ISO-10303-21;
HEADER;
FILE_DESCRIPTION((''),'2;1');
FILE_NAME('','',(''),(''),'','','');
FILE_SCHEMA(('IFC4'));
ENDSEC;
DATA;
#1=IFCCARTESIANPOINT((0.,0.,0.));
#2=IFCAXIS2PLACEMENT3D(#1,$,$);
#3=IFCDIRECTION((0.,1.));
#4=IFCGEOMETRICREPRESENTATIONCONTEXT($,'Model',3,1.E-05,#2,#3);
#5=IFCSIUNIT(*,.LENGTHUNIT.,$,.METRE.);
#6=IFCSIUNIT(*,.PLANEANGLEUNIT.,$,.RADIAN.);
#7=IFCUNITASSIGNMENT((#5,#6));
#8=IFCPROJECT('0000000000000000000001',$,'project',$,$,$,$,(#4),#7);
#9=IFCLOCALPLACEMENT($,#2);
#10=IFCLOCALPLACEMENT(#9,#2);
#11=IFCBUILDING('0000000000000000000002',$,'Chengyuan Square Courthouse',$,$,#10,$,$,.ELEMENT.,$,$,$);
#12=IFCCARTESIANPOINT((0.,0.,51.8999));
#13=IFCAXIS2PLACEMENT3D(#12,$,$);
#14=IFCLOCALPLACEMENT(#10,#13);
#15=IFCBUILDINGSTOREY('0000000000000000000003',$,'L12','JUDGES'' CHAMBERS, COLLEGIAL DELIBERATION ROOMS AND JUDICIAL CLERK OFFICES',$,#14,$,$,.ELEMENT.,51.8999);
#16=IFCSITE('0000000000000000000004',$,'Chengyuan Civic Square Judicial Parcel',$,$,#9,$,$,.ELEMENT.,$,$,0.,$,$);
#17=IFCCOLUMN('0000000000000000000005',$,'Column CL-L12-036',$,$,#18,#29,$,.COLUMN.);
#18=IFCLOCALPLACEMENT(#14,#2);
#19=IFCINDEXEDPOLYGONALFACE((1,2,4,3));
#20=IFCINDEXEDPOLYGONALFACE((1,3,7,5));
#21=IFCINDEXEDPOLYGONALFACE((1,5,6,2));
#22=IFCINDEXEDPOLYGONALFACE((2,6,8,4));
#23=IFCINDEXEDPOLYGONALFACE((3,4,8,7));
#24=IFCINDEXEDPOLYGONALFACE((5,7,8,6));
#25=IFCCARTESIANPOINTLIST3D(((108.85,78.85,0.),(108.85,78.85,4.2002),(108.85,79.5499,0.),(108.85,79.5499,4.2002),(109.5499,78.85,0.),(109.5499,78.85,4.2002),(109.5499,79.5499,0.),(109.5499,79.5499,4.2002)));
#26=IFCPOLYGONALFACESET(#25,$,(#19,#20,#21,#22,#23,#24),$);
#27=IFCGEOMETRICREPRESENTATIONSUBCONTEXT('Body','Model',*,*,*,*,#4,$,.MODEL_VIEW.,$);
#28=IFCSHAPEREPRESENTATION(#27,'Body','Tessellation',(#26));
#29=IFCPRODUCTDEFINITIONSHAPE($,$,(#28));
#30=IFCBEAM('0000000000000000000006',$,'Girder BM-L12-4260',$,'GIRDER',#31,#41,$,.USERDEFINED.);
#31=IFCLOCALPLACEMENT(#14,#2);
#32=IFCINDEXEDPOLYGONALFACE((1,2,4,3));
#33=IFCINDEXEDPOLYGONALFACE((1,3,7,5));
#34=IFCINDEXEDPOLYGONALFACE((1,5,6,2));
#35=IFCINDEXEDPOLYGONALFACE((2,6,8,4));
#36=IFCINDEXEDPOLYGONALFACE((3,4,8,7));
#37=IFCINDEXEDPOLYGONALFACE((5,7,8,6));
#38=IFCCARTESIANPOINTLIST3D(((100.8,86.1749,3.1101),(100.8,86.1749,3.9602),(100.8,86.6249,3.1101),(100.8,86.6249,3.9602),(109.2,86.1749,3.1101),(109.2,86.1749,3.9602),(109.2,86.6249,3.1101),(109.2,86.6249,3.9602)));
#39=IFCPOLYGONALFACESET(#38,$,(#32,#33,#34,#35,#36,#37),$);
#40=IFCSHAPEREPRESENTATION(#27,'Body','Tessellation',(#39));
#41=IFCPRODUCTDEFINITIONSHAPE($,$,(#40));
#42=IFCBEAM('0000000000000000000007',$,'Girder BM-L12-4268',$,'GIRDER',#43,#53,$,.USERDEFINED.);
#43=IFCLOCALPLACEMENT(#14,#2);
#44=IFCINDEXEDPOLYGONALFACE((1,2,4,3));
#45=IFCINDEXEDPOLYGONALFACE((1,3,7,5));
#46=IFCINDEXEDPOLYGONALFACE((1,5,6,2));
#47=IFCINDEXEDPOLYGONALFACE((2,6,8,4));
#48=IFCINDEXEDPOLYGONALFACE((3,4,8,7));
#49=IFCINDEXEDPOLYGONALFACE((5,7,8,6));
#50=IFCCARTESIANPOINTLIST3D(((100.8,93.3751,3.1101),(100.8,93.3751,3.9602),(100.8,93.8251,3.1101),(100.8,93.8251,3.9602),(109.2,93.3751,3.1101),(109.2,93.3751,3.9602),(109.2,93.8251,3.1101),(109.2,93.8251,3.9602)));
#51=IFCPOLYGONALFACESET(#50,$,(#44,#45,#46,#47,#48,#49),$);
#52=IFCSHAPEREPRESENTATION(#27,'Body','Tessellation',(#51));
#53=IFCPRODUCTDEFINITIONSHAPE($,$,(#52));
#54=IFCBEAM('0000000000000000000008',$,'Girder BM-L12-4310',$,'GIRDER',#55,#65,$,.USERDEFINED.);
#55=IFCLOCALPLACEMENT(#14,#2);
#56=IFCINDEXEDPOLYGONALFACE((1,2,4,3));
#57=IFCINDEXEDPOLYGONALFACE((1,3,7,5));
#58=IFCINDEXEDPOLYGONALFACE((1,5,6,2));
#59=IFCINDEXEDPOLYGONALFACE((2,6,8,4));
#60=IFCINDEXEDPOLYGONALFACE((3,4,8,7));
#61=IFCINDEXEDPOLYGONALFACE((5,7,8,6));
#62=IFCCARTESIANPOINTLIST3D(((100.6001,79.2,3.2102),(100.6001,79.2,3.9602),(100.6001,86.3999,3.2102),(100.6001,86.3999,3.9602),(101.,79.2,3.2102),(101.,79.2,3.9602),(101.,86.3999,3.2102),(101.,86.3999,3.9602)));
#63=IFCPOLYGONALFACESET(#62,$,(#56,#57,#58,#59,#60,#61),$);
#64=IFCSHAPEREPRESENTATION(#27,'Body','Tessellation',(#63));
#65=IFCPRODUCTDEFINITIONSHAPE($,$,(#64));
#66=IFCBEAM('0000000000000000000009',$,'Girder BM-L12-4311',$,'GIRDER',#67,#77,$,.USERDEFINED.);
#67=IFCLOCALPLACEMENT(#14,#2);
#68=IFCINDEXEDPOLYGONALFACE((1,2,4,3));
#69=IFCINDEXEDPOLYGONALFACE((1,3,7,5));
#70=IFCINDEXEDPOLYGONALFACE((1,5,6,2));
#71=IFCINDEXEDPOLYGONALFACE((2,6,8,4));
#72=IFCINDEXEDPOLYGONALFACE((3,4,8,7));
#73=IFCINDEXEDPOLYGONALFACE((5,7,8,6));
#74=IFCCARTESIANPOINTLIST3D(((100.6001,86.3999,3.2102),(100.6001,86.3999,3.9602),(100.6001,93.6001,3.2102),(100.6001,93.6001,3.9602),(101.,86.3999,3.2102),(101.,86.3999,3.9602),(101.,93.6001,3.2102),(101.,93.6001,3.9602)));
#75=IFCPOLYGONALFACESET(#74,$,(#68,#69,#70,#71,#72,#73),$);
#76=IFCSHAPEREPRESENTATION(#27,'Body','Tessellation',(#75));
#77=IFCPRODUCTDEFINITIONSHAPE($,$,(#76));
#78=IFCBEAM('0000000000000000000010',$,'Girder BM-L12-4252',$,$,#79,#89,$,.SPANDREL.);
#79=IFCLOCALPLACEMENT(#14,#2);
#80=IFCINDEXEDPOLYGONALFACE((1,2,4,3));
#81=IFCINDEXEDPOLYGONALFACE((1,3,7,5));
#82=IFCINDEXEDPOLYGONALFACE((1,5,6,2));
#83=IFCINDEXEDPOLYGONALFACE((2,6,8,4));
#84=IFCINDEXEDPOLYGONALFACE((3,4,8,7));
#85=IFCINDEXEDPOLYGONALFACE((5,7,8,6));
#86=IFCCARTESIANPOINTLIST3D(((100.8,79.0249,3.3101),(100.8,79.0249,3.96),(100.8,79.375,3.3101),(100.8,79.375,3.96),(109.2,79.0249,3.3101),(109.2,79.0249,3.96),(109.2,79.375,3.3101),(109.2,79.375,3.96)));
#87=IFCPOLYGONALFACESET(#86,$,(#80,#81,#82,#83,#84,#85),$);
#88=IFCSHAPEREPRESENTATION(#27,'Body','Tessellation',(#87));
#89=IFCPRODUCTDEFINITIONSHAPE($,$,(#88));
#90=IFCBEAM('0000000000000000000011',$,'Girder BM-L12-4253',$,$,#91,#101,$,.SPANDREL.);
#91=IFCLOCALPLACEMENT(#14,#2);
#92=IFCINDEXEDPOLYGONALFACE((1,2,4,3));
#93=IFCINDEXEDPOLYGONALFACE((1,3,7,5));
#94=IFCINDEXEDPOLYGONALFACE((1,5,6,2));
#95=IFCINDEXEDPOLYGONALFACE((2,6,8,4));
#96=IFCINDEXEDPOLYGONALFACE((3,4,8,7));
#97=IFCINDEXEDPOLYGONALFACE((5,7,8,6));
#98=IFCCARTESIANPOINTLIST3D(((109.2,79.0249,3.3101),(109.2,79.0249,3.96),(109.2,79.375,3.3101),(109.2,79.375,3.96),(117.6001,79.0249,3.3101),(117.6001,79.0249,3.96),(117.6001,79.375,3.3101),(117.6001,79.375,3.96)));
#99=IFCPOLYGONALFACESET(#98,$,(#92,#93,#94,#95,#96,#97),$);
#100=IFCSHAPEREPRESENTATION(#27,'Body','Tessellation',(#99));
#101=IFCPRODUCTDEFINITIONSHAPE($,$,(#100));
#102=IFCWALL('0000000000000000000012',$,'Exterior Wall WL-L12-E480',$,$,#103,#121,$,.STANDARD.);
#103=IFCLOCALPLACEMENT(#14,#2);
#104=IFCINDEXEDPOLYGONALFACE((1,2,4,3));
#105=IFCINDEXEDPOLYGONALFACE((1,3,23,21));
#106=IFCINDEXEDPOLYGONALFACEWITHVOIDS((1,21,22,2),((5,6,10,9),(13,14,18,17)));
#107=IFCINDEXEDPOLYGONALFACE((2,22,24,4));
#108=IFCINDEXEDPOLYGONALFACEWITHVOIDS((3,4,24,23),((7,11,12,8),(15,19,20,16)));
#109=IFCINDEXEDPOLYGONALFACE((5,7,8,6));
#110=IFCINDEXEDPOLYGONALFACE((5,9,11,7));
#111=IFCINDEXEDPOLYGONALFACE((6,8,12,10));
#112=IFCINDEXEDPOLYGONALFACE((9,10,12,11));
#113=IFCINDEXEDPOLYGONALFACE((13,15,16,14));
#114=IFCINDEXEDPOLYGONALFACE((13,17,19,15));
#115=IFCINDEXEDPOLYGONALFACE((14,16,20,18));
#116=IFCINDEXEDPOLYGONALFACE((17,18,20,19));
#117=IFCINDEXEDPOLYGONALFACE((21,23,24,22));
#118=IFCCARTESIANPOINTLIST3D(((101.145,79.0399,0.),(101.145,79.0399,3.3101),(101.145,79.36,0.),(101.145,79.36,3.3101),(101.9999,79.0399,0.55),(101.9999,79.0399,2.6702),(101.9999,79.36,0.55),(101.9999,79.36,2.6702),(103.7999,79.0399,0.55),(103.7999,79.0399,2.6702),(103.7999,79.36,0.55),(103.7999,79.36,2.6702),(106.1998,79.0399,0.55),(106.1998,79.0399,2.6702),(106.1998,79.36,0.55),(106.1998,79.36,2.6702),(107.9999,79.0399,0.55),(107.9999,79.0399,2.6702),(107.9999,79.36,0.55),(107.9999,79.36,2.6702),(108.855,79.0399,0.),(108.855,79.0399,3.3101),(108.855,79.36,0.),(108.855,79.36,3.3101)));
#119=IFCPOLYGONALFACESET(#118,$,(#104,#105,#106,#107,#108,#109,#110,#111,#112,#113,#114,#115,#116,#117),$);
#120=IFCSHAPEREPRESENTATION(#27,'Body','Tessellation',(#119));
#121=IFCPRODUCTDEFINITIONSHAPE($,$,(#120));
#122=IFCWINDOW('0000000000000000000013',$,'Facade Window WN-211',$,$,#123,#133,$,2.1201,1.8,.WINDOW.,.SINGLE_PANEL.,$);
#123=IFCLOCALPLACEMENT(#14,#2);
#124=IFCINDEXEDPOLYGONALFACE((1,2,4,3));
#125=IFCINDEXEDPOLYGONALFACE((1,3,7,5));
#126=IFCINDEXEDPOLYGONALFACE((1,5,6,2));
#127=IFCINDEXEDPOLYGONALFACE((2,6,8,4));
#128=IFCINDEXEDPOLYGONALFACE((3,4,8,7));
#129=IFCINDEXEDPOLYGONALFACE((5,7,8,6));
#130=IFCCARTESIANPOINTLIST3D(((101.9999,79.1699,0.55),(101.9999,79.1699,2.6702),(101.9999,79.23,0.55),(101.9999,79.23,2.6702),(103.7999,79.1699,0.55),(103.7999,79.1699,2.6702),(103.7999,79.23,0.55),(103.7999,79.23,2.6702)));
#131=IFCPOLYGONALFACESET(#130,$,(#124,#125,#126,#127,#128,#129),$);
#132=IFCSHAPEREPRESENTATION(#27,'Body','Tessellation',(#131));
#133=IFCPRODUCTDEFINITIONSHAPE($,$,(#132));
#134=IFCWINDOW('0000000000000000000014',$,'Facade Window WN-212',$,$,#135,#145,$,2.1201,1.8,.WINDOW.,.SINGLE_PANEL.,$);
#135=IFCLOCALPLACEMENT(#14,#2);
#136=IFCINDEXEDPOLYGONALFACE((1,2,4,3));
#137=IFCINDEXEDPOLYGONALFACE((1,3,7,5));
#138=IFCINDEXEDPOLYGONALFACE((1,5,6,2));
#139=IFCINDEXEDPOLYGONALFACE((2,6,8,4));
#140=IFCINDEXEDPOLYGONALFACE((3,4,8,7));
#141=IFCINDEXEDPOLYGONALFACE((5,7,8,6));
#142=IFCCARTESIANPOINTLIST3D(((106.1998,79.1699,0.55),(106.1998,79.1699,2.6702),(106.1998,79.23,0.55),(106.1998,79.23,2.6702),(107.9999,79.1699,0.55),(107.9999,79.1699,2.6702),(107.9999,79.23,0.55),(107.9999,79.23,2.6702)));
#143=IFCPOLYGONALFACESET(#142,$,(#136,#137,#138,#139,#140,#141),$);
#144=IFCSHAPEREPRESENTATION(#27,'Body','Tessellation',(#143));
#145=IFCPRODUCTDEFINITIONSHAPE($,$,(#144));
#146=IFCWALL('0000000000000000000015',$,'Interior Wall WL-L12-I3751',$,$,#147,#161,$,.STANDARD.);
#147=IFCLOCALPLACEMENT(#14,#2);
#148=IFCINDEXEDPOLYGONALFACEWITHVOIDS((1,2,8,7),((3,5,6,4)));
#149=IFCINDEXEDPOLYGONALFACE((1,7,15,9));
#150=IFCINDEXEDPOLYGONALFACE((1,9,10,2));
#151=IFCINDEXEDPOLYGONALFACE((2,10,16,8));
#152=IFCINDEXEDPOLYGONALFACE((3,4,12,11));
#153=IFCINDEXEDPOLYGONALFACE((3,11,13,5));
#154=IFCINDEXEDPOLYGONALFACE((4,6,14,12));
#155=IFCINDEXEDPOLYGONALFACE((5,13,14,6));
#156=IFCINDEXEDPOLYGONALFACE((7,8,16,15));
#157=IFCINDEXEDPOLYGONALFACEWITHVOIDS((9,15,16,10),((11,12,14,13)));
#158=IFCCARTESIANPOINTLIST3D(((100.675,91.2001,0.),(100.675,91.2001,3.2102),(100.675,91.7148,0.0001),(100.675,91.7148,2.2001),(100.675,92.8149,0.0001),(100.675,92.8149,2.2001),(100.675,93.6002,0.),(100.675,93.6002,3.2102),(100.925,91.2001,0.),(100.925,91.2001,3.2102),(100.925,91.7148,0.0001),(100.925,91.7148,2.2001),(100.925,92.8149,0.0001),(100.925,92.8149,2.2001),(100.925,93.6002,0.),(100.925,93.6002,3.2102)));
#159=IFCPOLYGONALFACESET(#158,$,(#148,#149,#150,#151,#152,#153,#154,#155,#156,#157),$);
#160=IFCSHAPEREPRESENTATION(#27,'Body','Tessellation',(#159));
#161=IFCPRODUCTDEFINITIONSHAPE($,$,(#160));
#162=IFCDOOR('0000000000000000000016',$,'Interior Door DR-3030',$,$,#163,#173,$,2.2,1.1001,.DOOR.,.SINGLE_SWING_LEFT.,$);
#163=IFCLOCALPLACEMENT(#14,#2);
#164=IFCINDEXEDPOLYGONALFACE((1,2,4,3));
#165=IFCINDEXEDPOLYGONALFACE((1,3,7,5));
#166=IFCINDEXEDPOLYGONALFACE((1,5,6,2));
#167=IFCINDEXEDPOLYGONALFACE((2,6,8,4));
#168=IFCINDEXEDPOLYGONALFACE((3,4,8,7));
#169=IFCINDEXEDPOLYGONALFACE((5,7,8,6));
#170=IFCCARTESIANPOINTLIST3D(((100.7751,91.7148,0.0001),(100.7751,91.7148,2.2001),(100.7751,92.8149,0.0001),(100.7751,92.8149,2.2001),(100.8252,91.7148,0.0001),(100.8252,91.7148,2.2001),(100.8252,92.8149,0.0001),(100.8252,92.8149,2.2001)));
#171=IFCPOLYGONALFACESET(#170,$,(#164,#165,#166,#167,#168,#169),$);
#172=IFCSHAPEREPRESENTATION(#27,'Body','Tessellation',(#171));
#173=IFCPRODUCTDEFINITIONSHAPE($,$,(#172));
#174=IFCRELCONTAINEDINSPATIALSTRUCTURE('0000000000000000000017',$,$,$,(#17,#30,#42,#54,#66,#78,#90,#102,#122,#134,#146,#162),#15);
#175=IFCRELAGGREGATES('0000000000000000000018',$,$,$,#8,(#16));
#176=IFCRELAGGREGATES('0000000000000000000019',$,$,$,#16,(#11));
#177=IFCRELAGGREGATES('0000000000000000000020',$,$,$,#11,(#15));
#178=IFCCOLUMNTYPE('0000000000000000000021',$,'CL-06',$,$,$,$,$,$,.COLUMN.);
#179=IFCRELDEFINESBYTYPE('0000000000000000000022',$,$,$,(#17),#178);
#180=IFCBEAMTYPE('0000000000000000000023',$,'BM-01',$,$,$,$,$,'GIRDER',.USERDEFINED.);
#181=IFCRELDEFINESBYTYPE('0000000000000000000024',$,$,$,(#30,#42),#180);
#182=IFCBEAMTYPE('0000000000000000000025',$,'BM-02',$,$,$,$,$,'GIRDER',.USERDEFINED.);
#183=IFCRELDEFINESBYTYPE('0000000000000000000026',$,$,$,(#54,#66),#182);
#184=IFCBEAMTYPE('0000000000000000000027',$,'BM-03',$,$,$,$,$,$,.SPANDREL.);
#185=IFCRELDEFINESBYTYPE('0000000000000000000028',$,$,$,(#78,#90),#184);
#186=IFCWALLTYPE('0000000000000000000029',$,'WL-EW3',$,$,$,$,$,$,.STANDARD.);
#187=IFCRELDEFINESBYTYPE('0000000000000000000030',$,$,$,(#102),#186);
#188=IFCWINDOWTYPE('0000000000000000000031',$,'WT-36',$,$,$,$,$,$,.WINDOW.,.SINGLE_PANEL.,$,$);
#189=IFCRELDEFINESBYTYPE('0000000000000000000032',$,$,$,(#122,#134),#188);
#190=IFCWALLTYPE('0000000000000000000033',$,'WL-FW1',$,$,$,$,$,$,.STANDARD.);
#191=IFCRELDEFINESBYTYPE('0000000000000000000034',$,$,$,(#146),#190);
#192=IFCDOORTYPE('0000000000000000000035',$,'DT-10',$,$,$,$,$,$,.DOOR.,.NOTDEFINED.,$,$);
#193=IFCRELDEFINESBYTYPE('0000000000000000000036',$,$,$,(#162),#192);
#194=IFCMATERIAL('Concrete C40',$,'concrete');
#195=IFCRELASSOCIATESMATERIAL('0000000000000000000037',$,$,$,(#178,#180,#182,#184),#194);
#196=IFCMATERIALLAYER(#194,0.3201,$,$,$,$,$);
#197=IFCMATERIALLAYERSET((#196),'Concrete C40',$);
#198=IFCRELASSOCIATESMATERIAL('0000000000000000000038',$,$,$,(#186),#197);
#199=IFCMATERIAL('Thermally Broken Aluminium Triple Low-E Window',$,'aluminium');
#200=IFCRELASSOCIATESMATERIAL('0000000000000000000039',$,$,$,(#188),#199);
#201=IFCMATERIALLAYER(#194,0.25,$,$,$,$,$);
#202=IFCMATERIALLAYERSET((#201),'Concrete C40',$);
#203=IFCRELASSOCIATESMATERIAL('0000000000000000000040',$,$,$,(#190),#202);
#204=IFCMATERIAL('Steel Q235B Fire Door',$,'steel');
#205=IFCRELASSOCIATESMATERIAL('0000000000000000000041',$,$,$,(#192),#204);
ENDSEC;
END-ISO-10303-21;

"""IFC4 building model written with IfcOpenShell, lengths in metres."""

from ifc_helpers import new_model, si_unit, direction, frame, frame_2d, origin, origin_2d, place, context, subcontext, project, spatial, rectangle, extrude, material, layer, layer_set, material_profile, profile_set, type_object, element, fill, save


model = new_model("IFC4")

# Units and contexts
model_context = context("Model", 3, precision=1e-05, world=origin(), true_north=direction((0.0, 1.0)))
body_context = subcontext(model_context, "Body", "Model", "MODEL_VIEW")
ifc_project = project(units=[si_unit("LENGTHUNIT", "METRE"), si_unit("PLANEANGLEUNIT", "RADIAN")], contexts=[model_context])

# Site, building, storey
site_placement = place(None, origin())
site = spatial("IfcSite", under=ifc_project, at=site_placement, Name="Chengyuan Civic Square Judicial Parcel", CompositionType="ELEMENT", RefElevation=0.0)
building_placement = place(site_placement, origin())
building = spatial("IfcBuilding", under=site, at=building_placement, Name="Chengyuan Square Courthouse", CompositionType="ELEMENT")
storey_placement = place(building_placement, frame((0.0, 0.0, 51.8999)))
storey = spatial("IfcBuildingStorey", under=building, at=storey_placement, Name="L12", Description="JUDGES' CHAMBERS, COLLEGIAL DELIBERATION ROOMS AND JUDICIAL CLERK OFFICES", CompositionType="ELEMENT", Elevation=51.8999)

# Column
ifc_material_1 = material(Name="Concrete C40", Category="concrete")
ifc_material_profile_1 = material_profile(ifc_material_1, rectangle(XDim=0.7, YDim=0.7, at=origin_2d()), Name="RC-COL-700x700")
ifc_profile_set_1 = profile_set([ifc_material_profile_1], Name="Concrete C40")
column_type = type_object("IfcColumnType", Name="CL-06", PredefinedType="COLUMN", material=ifc_profile_set_1)
column_placement = place(storey_placement, frame((109.2, 79.2, 0.0), z_axis=(0.0, 0.0, 1.0), x_axis=(1.0, 0.0, 0.0)))
element("IfcColumn", 1, at=column_placement, inside=storey, type_object=column_type, Name="Column CL-L12-036", PredefinedType="COLUMN", context=body_context, shape_type="SweptSolid", body=[
    extrude(rectangle(XDim=0.7, YDim=0.7, at=origin_2d()), origin(), (0.0, 0.0, 1.0), 4.2002),
])

# Beams
ifc_material_profile_2 = material_profile(ifc_material_1, rectangle(XDim=0.45, YDim=0.8501, at=origin_2d()), Name="RC-BM-450x850")
ifc_profile_set_2 = profile_set([ifc_material_profile_2], Name="Concrete C40")
beam_type_1 = type_object("IfcBeamType", Name="BM-01", ElementType="GIRDER", PredefinedType="USERDEFINED", material=ifc_profile_set_2)
for number, where, z_axis, x_axis, name in (
    (2, (100.8, 86.3999, 3.5352), (1.0, 0.0, 0.0), (0.0, 1.0, 0.0), "Girder BM-L12-4260"),
    (3, (100.8, 93.6001, 3.5352), (1.0, 0.0, 0.0), (0.0, 1.0, 0.0), "Girder BM-L12-4268"),
):
    element("IfcBeam", number, at=place(storey_placement, frame(where, z_axis=z_axis, x_axis=x_axis)), inside=storey, type_object=beam_type_1, Name=name, ObjectType="GIRDER", PredefinedType="USERDEFINED", context=body_context, shape_type="SweptSolid", body=[
        extrude(rectangle(XDim=0.45, YDim=0.8501, at=origin_2d()), origin(), (0.0, 0.0, 1.0), 8.3999),
    ])
ifc_material_profile_3 = material_profile(ifc_material_1, rectangle(XDim=0.3999, YDim=0.75, at=origin_2d()), Name="RC-BM-400x750")
ifc_profile_set_3 = profile_set([ifc_material_profile_3], Name="Concrete C40")
beam_type_2 = type_object("IfcBeamType", Name="BM-02", ElementType="GIRDER", PredefinedType="USERDEFINED", material=ifc_profile_set_3)
beam_1_placement = place(storey_placement, frame((100.8, 79.2, 3.5852), z_axis=(0.0, 1.0, 0.0), x_axis=(-1.0, 0.0, 0.0)))
element("IfcBeam", 4, at=beam_1_placement, inside=storey, type_object=beam_type_2, Name="Girder BM-L12-4310", ObjectType="GIRDER", PredefinedType="USERDEFINED", context=body_context, shape_type="SweptSolid", body=[
    extrude(rectangle(XDim=0.3999, YDim=0.75, at=origin_2d()), origin(), (0.0, 0.0, 1.0), 7.2),
])
beam_2_placement = place(storey_placement, frame((100.8, 86.3999, 3.5852), z_axis=(0.0, 1.0, 0.0), x_axis=(-1.0, 0.0, 0.0)))
element("IfcBeam", 5, at=beam_2_placement, inside=storey, type_object=beam_type_2, Name="Girder BM-L12-4311", ObjectType="GIRDER", PredefinedType="USERDEFINED", context=body_context, shape_type="SweptSolid", body=[
    extrude(rectangle(XDim=0.3999, YDim=0.75, at=origin_2d()), origin(), (0.0, 0.0, 1.0), 7.2002),
])
ifc_material_profile_4 = material_profile(ifc_material_1, rectangle(XDim=0.3501, YDim=0.6499, at=origin_2d()), Name="RC-BM-350x650")
ifc_profile_set_4 = profile_set([ifc_material_profile_4], Name="Concrete C40")
beam_type_3 = type_object("IfcBeamType", Name="BM-03", PredefinedType="SPANDREL", material=ifc_profile_set_4)
beam_3_placement = place(storey_placement, frame((100.8, 79.2, 3.635), z_axis=(1.0, 0.0, 0.0), x_axis=(0.0, 1.0, 0.0)))
element("IfcBeam", 6, at=beam_3_placement, inside=storey, type_object=beam_type_3, Name="Girder BM-L12-4252", PredefinedType="SPANDREL", context=body_context, shape_type="SweptSolid", body=[
    extrude(rectangle(XDim=0.3501, YDim=0.6499, at=origin_2d()), origin(), (0.0, 0.0, 1.0), 8.3999),
])
beam_4_placement = place(storey_placement, frame((109.2, 79.2, 3.635), z_axis=(1.0, 0.0, 0.0), x_axis=(0.0, 1.0, 0.0)))
element("IfcBeam", 7, at=beam_4_placement, inside=storey, type_object=beam_type_3, Name="Girder BM-L12-4253", PredefinedType="SPANDREL", context=body_context, shape_type="SweptSolid", body=[
    extrude(rectangle(XDim=0.3501, YDim=0.6499, at=origin_2d()), origin(), (0.0, 0.0, 1.0), 8.4001),
])

# Wall, openings, windows
ifc_layer_1 = layer(ifc_material_1, 0.3201)
ifc_layer_set_1 = layer_set([ifc_layer_1], Name="Concrete C40")
wall_type_1 = type_object("IfcWallType", Name="WL-EW3", PredefinedType="STANDARD", material=ifc_layer_set_1)
wall_1_placement = place(storey_placement, frame((101.145, 79.2, 0.0), z_axis=(0.0, 0.0, 1.0), x_axis=(1.0, 0.0, 0.0)))
wall_1 = element("IfcWall", 8, at=wall_1_placement, inside=storey, type_object=wall_type_1, Name="Exterior Wall WL-L12-E480", PredefinedType="STANDARD", context=body_context, shape_type="SweptSolid", body=[
    extrude(rectangle(XDim=7.71, YDim=0.3201, at=frame_2d((3.855, 0.0))), origin(), (0.0, 0.0, 1.0), 3.3101),
])
opening_1_placement = place(wall_1_placement, frame((0.855, 0.0, 0.55)))
opening_1 = element("IfcOpeningElement", 9, at=opening_1_placement, cuts=wall_1, PredefinedType="OPENING", context=body_context, shape_type="SweptSolid", body=[
    extrude(rectangle(XDim=1.8, YDim=2.1201, at=frame_2d((0.8999, 1.0601))), frame((0.0, 0.1721, 0.0), z_axis=(0.0, -1.0, 0.0), x_axis=(1.0, 0.0, 0.0)), (0.0, 0.0, 1.0), 0.344),
])
opening_2_placement = place(wall_1_placement, frame((5.0549, 0.0, 0.55)))
opening_2 = element("IfcOpeningElement", 10, at=opening_2_placement, cuts=wall_1, PredefinedType="OPENING", context=body_context, shape_type="SweptSolid", body=[
    extrude(rectangle(XDim=1.8, YDim=2.1201, at=frame_2d((0.8999, 1.0601))), frame((0.0, 0.1721, 0.0), z_axis=(0.0, -1.0, 0.0), x_axis=(1.0, 0.0, 0.0)), (0.0, 0.0, 1.0), 0.344),
])
ifc_material_2 = material(Name="Thermally Broken Aluminium Triple Low-E Window", Category="aluminium")
window_type = type_object("IfcWindowType", Name="WT-36", PartitioningType="SINGLE_PANEL", PredefinedType="WINDOW", material=ifc_material_2)
window_1_placement = place(opening_1_placement, origin())
window_1 = element("IfcWindow", 11, at=window_1_placement, inside=storey, type_object=window_type, Name="Facade Window WN-211", OverallHeight=2.1201, OverallWidth=1.8, PartitioningType="SINGLE_PANEL", PredefinedType="WINDOW", context=body_context, shape_type="SweptSolid", body=[
    extrude(rectangle(XDim=1.8, YDim=2.1201, at=frame_2d((0.8999, 1.0601))), frame((0.0, 0.03, 0.0), z_axis=(0.0, -1.0, 0.0), x_axis=(1.0, 0.0, 0.0)), (0.0, 0.0, 1.0), 0.0601),
])
fill(opening_1, window_1)
window_2_placement = place(opening_2_placement, origin())
window_2 = element("IfcWindow", 12, at=window_2_placement, inside=storey, type_object=window_type, Name="Facade Window WN-212", OverallHeight=2.1201, OverallWidth=1.8, PartitioningType="SINGLE_PANEL", PredefinedType="WINDOW", context=body_context, shape_type="SweptSolid", body=[
    extrude(rectangle(XDim=1.8, YDim=2.1201, at=frame_2d((0.8999, 1.0601))), frame((0.0, 0.03, 0.0), z_axis=(0.0, -1.0, 0.0), x_axis=(1.0, 0.0, 0.0)), (0.0, 0.0, 1.0), 0.0601),
])
fill(opening_2, window_2)

# Wall, opening, door
ifc_layer_2 = layer(ifc_material_1, 0.25)
ifc_layer_set_2 = layer_set([ifc_layer_2], Name="Concrete C40")
wall_type_2 = type_object("IfcWallType", Name="WL-FW1", PredefinedType="STANDARD", material=ifc_layer_set_2)
wall_2_placement = place(storey_placement, frame((100.8, 91.2, 0.0), z_axis=(0.0, 0.0, 1.0), x_axis=(0.0, 1.0, 0.0)))
wall_2 = element("IfcWall", 13, at=wall_2_placement, inside=storey, type_object=wall_type_2, Name="Interior Wall WL-L12-I3751", PredefinedType="STANDARD", context=body_context, shape_type="SweptSolid", body=[
    extrude(rectangle(XDim=2.4001, YDim=0.25, at=frame_2d((1.2002, 0.0))), origin(), (0.0, 0.0, 1.0), 3.2102),
])
opening_3_placement = place(wall_2_placement, frame((0.5149, 0.0, 0.0)))
opening_3 = element("IfcOpeningElement", 14, at=opening_3_placement, cuts=wall_2, PredefinedType="OPENING", context=body_context, shape_type="SweptSolid", body=[
    extrude(rectangle(XDim=1.1001, YDim=2.2, at=frame_2d((0.55, 1.1001))), frame((0.0, 0.137, 0.0), z_axis=(0.0, -1.0, 0.0), x_axis=(1.0, 0.0, 0.0)), (0.0, 0.0, 1.0), 0.2739),
])
ifc_material_3 = material(Name="Steel Q235B Fire Door", Category="steel")
door_type = type_object("IfcDoorType", Name="DT-10", OperationType="NOTDEFINED", PredefinedType="DOOR", material=ifc_material_3)
door_1_placement = place(opening_3_placement, origin())
door_1 = element("IfcDoor", 15, at=door_1_placement, inside=storey, type_object=door_type, Name="Interior Door DR-3030", OperationType="SINGLE_SWING_LEFT", OverallHeight=2.2, OverallWidth=1.1001, PredefinedType="DOOR", context=body_context, shape_type="SweptSolid", body=[
    extrude(rectangle(XDim=1.1001, YDim=2.2, at=frame_2d((0.55, 1.1001))), frame((0.0, 0.0249, 0.0), z_axis=(0.0, -1.0, 0.0), x_axis=(1.0, 0.0, 0.0)), (0.0, 0.0, 1.0), 0.05),
])
fill(opening_3, door_1)

save(model, "model.ifc")
